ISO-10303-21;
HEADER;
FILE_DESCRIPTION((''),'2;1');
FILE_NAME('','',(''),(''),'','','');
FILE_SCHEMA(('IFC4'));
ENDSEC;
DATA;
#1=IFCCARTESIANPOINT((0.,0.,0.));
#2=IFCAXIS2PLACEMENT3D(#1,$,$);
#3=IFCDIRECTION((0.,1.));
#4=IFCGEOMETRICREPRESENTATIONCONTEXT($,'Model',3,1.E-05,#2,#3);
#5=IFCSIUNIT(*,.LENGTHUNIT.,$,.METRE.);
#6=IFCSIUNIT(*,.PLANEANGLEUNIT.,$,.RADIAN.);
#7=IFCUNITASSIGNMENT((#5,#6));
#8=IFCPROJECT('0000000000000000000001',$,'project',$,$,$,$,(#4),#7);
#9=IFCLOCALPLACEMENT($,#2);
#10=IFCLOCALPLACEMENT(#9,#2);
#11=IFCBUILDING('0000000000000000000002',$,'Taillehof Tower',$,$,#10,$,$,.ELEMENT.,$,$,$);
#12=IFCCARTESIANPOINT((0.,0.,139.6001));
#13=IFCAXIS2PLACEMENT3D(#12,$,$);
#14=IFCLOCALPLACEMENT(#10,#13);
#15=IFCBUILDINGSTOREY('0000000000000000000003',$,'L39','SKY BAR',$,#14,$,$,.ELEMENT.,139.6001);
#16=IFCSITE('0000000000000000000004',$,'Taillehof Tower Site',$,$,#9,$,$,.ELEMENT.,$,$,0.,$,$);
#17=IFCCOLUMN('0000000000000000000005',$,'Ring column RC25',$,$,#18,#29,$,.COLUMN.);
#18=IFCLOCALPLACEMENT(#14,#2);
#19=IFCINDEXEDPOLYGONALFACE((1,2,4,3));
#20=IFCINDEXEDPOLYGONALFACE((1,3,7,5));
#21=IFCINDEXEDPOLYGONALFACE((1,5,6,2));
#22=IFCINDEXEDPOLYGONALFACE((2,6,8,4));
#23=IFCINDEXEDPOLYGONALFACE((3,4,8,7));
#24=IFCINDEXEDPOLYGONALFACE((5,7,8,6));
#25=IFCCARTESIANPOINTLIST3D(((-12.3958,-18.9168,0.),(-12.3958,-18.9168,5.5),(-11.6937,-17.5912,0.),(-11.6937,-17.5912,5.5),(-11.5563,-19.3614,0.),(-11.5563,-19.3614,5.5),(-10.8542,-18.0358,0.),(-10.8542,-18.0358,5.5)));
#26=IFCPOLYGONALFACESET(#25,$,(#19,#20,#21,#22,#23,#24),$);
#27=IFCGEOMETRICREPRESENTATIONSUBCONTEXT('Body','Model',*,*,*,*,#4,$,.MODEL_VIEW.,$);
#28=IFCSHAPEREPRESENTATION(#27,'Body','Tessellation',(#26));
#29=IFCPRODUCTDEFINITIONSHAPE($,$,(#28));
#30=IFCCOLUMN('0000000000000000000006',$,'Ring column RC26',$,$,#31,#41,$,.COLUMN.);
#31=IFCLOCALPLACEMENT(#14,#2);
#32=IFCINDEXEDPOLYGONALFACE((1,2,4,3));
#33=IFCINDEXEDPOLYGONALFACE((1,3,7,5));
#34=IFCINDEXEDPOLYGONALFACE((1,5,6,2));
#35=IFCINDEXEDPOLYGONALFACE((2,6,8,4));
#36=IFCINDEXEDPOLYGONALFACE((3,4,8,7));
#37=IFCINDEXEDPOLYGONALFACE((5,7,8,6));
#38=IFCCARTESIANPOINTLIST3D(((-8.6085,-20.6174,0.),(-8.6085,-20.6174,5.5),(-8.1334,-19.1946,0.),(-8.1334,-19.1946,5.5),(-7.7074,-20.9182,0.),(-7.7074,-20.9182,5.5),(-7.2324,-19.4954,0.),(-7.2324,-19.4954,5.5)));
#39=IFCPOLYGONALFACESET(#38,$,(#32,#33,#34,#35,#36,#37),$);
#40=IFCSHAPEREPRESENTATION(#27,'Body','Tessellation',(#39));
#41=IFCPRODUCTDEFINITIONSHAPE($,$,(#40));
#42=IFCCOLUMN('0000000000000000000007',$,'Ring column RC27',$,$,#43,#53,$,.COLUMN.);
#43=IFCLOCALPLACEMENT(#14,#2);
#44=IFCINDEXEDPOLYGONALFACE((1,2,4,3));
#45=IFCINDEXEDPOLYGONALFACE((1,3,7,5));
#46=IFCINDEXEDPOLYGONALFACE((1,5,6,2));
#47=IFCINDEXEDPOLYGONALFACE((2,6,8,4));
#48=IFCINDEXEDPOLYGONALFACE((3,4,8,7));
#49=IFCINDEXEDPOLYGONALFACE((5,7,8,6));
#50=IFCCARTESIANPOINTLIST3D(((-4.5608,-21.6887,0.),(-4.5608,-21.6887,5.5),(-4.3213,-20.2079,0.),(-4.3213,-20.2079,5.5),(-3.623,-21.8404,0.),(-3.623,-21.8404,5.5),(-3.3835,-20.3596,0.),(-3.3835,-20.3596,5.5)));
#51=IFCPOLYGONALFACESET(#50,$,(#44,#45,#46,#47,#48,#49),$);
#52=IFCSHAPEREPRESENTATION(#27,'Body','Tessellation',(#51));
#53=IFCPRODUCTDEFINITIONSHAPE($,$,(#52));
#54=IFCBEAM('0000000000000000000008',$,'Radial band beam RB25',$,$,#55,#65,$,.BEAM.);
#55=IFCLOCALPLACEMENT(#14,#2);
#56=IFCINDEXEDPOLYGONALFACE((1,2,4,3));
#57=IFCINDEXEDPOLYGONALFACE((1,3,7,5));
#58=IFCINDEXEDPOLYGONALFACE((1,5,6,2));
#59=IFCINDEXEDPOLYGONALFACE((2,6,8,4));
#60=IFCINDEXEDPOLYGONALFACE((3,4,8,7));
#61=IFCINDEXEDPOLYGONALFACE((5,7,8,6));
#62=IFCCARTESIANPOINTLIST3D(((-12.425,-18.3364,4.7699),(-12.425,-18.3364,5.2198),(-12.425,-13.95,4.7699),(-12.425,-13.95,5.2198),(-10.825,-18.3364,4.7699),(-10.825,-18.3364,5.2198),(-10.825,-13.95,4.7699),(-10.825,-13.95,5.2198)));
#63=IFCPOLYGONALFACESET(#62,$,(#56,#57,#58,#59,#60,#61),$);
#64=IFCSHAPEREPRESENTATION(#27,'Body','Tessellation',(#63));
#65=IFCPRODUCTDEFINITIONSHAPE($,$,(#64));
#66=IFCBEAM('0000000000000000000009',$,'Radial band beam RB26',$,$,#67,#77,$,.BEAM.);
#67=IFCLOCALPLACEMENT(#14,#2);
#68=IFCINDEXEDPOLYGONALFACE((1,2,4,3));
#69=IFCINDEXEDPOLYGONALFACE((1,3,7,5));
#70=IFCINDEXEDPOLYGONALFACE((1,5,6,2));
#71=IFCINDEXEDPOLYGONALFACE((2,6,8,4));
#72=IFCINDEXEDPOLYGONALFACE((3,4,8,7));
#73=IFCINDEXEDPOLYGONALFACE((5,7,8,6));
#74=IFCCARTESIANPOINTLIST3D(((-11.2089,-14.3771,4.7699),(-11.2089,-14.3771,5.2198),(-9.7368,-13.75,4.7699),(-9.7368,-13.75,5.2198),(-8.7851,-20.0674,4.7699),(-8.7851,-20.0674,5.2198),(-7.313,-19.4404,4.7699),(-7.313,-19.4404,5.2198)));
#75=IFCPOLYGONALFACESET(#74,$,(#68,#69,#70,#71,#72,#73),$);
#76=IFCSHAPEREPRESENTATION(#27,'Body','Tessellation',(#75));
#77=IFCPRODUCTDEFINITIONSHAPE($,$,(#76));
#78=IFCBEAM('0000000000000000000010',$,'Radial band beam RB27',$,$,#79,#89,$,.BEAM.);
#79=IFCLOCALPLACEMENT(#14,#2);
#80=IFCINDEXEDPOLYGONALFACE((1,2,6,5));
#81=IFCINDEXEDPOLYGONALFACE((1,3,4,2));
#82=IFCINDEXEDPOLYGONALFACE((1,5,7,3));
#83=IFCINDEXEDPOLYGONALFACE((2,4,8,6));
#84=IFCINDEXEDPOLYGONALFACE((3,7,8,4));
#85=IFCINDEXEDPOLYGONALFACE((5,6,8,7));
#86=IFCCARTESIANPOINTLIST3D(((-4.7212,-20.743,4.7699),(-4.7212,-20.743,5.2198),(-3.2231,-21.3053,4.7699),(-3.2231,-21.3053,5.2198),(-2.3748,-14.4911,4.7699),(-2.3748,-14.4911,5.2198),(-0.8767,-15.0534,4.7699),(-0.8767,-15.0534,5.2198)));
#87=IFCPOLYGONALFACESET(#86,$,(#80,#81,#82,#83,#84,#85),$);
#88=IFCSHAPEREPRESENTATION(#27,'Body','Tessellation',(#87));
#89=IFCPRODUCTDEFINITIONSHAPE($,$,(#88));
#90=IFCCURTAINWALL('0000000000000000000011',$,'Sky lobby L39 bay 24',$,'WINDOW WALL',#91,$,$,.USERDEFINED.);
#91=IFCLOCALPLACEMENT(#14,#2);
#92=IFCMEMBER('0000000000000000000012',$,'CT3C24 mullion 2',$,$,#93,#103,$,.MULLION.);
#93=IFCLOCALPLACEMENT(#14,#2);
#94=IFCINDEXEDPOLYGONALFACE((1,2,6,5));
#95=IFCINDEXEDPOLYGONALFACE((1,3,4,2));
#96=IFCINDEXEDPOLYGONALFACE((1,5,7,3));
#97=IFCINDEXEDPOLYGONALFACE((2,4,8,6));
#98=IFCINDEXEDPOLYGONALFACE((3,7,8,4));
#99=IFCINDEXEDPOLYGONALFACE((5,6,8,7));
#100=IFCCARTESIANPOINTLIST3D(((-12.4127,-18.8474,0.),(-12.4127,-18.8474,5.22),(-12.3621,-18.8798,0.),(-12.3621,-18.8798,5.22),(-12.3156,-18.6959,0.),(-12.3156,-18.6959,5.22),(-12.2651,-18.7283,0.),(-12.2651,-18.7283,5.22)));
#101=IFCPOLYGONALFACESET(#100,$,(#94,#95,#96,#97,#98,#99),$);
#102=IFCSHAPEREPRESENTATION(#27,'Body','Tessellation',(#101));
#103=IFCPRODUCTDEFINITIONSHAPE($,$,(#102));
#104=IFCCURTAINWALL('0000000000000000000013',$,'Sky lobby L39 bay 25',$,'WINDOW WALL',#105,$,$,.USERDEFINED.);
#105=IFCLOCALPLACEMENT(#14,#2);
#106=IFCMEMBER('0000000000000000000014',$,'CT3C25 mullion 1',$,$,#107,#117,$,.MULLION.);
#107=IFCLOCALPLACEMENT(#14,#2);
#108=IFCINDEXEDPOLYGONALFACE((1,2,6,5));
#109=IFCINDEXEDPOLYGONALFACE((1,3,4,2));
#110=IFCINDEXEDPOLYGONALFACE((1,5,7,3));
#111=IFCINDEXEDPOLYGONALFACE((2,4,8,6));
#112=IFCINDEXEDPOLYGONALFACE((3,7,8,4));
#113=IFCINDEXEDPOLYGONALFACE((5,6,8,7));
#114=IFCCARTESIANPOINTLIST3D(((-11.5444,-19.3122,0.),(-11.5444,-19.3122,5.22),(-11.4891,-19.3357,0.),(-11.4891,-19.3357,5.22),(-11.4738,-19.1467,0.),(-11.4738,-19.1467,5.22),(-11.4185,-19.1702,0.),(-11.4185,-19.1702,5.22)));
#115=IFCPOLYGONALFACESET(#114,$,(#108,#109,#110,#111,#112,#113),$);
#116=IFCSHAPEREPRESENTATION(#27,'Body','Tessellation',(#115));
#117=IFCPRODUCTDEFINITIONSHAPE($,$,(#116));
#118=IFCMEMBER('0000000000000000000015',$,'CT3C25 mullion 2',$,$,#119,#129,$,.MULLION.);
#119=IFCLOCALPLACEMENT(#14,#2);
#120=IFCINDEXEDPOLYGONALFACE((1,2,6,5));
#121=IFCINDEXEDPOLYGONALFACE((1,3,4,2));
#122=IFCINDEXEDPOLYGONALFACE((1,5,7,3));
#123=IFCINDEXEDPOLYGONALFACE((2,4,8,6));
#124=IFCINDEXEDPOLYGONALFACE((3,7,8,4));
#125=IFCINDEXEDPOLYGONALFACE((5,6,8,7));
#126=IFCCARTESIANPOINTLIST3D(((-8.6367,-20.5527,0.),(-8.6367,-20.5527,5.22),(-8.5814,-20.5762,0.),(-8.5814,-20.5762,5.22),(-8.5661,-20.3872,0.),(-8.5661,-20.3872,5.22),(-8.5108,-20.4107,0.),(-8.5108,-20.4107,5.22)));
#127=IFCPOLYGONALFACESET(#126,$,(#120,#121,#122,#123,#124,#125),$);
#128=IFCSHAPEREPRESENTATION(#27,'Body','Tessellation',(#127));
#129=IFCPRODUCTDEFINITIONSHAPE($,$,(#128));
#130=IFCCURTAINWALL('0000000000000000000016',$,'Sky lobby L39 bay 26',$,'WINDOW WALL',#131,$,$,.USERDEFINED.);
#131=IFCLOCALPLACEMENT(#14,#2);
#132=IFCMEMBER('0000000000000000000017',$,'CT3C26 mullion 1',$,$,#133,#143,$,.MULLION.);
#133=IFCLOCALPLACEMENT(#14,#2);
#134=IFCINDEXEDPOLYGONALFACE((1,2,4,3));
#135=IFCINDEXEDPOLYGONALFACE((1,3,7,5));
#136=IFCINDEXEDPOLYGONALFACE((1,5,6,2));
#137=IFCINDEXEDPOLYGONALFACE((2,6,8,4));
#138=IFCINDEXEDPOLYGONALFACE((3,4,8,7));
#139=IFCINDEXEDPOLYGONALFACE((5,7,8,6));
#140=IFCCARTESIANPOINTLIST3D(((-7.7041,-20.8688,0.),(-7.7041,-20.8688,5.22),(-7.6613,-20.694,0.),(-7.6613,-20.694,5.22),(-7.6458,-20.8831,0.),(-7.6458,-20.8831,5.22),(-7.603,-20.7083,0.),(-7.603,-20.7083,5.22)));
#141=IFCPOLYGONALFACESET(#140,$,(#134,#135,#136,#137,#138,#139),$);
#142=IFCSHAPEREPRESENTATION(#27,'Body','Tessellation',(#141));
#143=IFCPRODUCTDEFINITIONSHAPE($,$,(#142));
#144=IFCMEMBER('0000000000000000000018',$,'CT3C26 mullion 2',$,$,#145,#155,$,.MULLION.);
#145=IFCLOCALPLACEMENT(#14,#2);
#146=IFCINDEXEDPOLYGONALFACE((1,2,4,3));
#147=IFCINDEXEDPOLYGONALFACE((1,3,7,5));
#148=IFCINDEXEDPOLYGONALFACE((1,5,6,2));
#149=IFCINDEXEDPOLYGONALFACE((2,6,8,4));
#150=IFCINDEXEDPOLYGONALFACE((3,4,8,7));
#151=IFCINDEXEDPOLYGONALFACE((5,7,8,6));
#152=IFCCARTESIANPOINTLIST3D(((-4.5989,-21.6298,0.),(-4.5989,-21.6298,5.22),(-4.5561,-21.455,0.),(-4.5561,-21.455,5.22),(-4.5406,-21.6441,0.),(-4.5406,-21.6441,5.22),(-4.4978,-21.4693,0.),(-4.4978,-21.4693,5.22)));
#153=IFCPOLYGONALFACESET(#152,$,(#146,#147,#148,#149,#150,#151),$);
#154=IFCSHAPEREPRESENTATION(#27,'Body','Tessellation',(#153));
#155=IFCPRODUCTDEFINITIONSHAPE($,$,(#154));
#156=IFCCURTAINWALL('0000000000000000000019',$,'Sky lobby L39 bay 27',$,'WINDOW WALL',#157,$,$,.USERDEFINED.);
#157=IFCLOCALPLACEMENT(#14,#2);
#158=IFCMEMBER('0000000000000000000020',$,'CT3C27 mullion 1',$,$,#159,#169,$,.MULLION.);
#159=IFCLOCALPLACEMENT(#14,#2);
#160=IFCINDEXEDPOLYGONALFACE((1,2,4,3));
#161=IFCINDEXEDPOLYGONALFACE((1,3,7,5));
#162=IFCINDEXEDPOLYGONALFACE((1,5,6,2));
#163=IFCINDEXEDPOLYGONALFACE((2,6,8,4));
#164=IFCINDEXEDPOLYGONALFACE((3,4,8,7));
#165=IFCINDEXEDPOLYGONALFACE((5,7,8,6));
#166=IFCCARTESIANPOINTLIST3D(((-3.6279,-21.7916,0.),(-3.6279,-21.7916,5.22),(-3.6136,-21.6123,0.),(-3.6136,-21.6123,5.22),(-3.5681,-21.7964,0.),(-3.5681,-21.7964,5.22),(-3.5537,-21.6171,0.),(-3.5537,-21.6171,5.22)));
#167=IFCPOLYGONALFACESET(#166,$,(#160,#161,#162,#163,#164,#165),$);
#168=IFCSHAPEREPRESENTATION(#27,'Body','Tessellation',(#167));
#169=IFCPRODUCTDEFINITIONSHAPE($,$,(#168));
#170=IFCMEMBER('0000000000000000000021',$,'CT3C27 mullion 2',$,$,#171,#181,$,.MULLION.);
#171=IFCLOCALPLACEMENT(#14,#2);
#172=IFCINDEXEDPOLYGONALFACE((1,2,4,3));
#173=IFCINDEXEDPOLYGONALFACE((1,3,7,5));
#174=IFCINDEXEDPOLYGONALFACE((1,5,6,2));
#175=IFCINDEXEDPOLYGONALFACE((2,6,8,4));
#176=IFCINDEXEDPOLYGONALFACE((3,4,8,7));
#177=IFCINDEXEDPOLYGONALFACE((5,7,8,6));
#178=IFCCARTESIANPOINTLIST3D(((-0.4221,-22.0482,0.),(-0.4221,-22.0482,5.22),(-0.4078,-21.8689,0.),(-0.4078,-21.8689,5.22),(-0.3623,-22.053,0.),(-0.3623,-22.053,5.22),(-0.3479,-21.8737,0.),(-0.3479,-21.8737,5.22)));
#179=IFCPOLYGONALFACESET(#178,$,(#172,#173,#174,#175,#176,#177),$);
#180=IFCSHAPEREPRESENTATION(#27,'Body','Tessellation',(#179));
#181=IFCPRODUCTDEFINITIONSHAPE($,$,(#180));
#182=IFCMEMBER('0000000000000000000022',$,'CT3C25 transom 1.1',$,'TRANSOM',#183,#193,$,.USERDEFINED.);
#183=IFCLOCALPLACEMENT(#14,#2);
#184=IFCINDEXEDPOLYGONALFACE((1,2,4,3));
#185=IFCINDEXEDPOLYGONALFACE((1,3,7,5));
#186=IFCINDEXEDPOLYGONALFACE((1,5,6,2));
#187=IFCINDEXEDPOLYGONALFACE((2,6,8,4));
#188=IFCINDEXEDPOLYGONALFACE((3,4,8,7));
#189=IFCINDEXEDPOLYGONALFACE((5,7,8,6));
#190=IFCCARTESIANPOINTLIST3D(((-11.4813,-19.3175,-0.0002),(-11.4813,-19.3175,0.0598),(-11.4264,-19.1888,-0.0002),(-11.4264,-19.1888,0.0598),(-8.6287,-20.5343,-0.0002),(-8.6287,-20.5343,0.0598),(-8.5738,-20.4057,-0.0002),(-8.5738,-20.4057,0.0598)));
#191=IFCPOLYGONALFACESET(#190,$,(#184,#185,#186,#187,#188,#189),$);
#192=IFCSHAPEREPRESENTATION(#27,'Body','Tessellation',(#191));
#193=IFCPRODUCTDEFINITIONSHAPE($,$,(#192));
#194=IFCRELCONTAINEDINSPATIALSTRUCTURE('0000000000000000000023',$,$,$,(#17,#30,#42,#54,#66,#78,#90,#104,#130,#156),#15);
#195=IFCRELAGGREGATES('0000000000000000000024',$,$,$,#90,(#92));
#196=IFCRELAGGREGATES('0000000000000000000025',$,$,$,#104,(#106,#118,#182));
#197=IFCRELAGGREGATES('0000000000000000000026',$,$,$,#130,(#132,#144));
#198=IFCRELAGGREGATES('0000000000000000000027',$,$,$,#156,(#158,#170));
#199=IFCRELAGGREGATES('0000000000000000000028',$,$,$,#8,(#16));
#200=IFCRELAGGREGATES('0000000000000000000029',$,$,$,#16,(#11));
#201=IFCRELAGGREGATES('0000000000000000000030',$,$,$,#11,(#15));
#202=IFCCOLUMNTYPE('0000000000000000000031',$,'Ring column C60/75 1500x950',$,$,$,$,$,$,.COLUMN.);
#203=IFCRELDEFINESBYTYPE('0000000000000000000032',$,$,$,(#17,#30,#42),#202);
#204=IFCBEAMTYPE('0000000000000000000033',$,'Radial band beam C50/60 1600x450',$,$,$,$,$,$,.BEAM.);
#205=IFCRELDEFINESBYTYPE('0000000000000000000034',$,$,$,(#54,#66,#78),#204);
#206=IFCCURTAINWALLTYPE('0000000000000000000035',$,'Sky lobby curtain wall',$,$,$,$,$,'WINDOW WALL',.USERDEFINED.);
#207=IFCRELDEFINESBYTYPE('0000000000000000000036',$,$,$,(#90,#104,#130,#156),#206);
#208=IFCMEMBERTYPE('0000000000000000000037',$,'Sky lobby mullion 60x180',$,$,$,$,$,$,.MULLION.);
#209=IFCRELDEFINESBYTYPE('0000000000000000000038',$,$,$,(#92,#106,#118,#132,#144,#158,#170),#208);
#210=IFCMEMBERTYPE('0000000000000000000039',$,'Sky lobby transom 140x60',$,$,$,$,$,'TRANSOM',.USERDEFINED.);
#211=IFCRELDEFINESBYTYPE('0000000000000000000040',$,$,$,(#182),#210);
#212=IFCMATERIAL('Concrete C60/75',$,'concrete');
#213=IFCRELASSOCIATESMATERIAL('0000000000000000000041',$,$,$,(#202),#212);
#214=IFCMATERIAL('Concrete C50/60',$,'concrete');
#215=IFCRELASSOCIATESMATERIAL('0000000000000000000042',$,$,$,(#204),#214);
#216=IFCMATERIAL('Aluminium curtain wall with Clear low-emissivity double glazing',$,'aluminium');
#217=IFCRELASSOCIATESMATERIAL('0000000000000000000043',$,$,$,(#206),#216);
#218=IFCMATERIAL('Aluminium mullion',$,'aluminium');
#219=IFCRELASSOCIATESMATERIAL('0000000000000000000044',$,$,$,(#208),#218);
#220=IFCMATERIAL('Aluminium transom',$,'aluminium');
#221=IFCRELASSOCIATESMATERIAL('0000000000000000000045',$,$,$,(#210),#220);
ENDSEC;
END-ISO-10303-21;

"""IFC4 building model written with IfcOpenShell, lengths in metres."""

from ifc_helpers import new_model, si_unit, direction, frame, origin, origin_2d, place, context, subcontext, project, spatial, rectangle, extrude, material, material_profile, profile_set, type_object, element, aggregate, save


model = new_model("IFC4")

# Units and contexts
model_context = context("Model", 3, precision=1e-05, world=origin(), true_north=direction((0.0, 1.0)))
body_context = subcontext(model_context, "Body", "Model", "MODEL_VIEW")
ifc_project = project(units=[si_unit("LENGTHUNIT", "METRE"), si_unit("PLANEANGLEUNIT", "RADIAN")], contexts=[model_context])

# Site, building, storey
site_placement = place(None, origin())
site = spatial("IfcSite", under=ifc_project, at=site_placement, Name="Taillehof Tower Site", CompositionType="ELEMENT", RefElevation=0.0)
building_placement = place(site_placement, origin())
building = spatial("IfcBuilding", under=site, at=building_placement, Name="Taillehof Tower", CompositionType="ELEMENT")
storey_placement = place(building_placement, frame((0.0, 0.0, 139.6001)))
storey = spatial("IfcBuildingStorey", under=building, at=storey_placement, Name="L39", Description="SKY BAR", CompositionType="ELEMENT", Elevation=139.6001)

# Columns
ifc_material_1 = material(Name="Concrete C60/75", Category="concrete")
ifc_material_profile_1 = material_profile(ifc_material_1, rectangle(XDim=1.5, YDim=0.95, at=origin_2d()), Name="RC 1500x950")
ifc_profile_set_1 = profile_set([ifc_material_profile_1], Name="Concrete C60/75")
column_type = type_object("IfcColumnType", Name="Ring column C60/75 1500x950", PredefinedType="COLUMN", material=ifc_profile_set_1)
for number, where, z_axis, x_axis, name in (
    (1, (-11.625, -18.4763, 0.0), (0.0, 0.0, 1.0), (-0.468042, -0.883706, 0.0), "Ring column RC25"),
    (2, (-7.9204, -20.0564, 0.0), (0.0, 0.0, 1.0), (-0.316703, -0.948525, 0.0), "Ring column RC26"),
    (3, (-3.9722, -21.0242, 0.0), (0.0, 0.0, 1.0), (-0.159679, -0.987169, 0.0), "Ring column RC27"),
):
    element("IfcColumn", number, at=place(storey_placement, frame(where, z_axis=z_axis, x_axis=x_axis)), inside=storey, type_object=column_type, Name=name, PredefinedType="COLUMN", context=body_context, shape_type="SweptSolid", body=[
        extrude(rectangle(XDim=1.5, YDim=0.95, at=origin_2d()), origin(), (0.0, 0.0, 1.0), 5.5),
    ])

# Beams
ifc_material_2 = material(Name="Concrete C50/60", Category="concrete")
ifc_material_profile_2 = material_profile(ifc_material_2, rectangle(XDim=1.6001, YDim=0.45, at=origin_2d()), Name="RC 1600x450")
ifc_profile_set_2 = profile_set([ifc_material_profile_2], Name="Concrete C50/60")
beam_type_1 = type_object("IfcBeamType", Name="Radial band beam C50/60 1600x450", PredefinedType="BEAM", material=ifc_profile_set_2)
beam_1_placement = place(storey_placement, frame((-11.625, -18.3364, 4.9949), z_axis=(0.0, 1.0, 0.0), x_axis=(-1.0, 0.0, 0.0)))
element("IfcBeam", 4, at=beam_1_placement, inside=storey, type_object=beam_type_1, Name="Radial band beam RB25", PredefinedType="BEAM", context=body_context, shape_type="SweptSolid", body=[
    extrude(rectangle(XDim=1.6001, YDim=0.45, at=origin_2d()), origin(), (0.0, 0.0, 1.0), 4.3865),
])
beam_2_placement = place(storey_placement, frame((-8.0491, -19.7539, 4.9949), z_axis=(-0.391879, 0.920017, 0.0), x_axis=(-0.920017, -0.391879, 0.0)))
element("IfcBeam", 5, at=beam_2_placement, inside=storey, type_object=beam_type_1, Name="Radial band beam RB26", PredefinedType="BEAM", context=body_context, shape_type="SweptSolid", body=[
    extrude(rectangle(XDim=1.6001, YDim=0.45, at=origin_2d()), origin(), (0.0, 0.0, 1.0), 6.1851),
])
beam_3_placement = place(storey_placement, frame((-3.9722, -21.0242, 4.9949), z_axis=(0.35138, 0.936233, 0.0), x_axis=(-0.936233, 0.35138, 0.0)))
element("IfcBeam", 6, at=beam_3_placement, inside=storey, type_object=beam_type_1, Name="Radial band beam RB27", PredefinedType="BEAM", context=body_context, shape_type="SweptSolid", body=[
    extrude(rectangle(XDim=1.6001, YDim=0.45, at=origin_2d()), origin(), (0.0, 0.0, 1.0), 6.6777),
])

# Curtain wall, member
ifc_material_3 = material(Name="Aluminium curtain wall with Clear low-emissivity double glazing", Category="aluminium")
curtain_wall_type = type_object("IfcCurtainWallType", Name="Sky lobby curtain wall", ElementType="WINDOW WALL", PredefinedType="USERDEFINED", material=ifc_material_3)
curtain_wall_1_placement = place(storey_placement, origin())
curtain_wall_1 = element("IfcCurtainWall", 7, at=curtain_wall_1_placement, inside=storey, type_object=curtain_wall_type, Name="Sky lobby L39 bay 24", ObjectType="WINDOW WALL", PredefinedType="USERDEFINED")
ifc_material_4 = material(Name="Aluminium mullion", Category="aluminium")
ifc_material_profile_3 = material_profile(ifc_material_4, rectangle(XDim=0.1799, YDim=0.0601, at=origin_2d()), Name="AL 60x180")
ifc_profile_set_3 = profile_set([ifc_material_profile_3], Name="Aluminium mullion")
member_type_1 = type_object("IfcMemberType", Name="Sky lobby mullion 60x180", PredefinedType="MULLION", material=ifc_profile_set_3)
member_1_placement = place(storey_placement, frame((-12.3389, -18.7878, 0.0), z_axis=(0.0, 0.0, 1.0), x_axis=(0.539394, 0.842053, 0.0)))
member_1 = element("IfcMember", 8, at=member_1_placement, type_object=member_type_1, Name="CT3C24 mullion 2", PredefinedType="MULLION", context=body_context, shape_type="SweptSolid", body=[
    extrude(rectangle(XDim=0.1799, YDim=0.0601, at=origin_2d()), origin(), (0.0, 0.0, 1.0), 5.22),
])

# Curtain walls, members
curtain_wall_2_placement = place(storey_placement, origin())
curtain_wall_2 = element("IfcCurtainWall", 9, at=curtain_wall_2_placement, inside=storey, type_object=curtain_wall_type, Name="Sky lobby L39 bay 25", ObjectType="WINDOW WALL", PredefinedType="USERDEFINED")
member_2_placement = place(storey_placement, frame((-11.4814, -19.2412, 0.0), z_axis=(0.0, 0.0, 1.0), x_axis=(0.392379, 0.919804, 0.0)))
member_2 = element("IfcMember", 10, at=member_2_placement, type_object=member_type_1, Name="CT3C25 mullion 1", PredefinedType="MULLION", context=body_context, shape_type="SweptSolid", body=[
    extrude(rectangle(XDim=0.1799, YDim=0.0601, at=origin_2d()), origin(), (0.0, 0.0, 1.0), 5.22),
])
member_3_placement = place(storey_placement, frame((-8.5737, -20.4817, 0.0), z_axis=(0.0, 0.0, 1.0), x_axis=(0.392379, 0.919804, 0.0)))
member_3 = element("IfcMember", 11, at=member_3_placement, type_object=member_type_1, Name="CT3C25 mullion 2", PredefinedType="MULLION", context=body_context, shape_type="SweptSolid", body=[
    extrude(rectangle(XDim=0.1799, YDim=0.0601, at=origin_2d()), origin(), (0.0, 0.0, 1.0), 5.22),
])
curtain_wall_3_placement = place(storey_placement, origin())
curtain_wall_3 = element("IfcCurtainWall", 12, at=curtain_wall_3_placement, inside=storey, type_object=curtain_wall_type, Name="Sky lobby L39 bay 26", ObjectType="WINDOW WALL", PredefinedType="USERDEFINED")
member_4_placement = place(storey_placement, frame((-7.6536, -20.7886, 0.0), z_axis=(0.0, 0.0, 1.0), x_axis=(0.238077, 0.971246, 0.0)))
member_4 = element("IfcMember", 13, at=member_4_placement, type_object=member_type_1, Name="CT3C26 mullion 1", PredefinedType="MULLION", context=body_context, shape_type="SweptSolid", body=[
    extrude(rectangle(XDim=0.1799, YDim=0.0601, at=origin_2d()), origin(), (0.0, 0.0, 1.0), 5.22),
])
member_5_placement = place(storey_placement, frame((-4.5483, -21.5496, 0.0), z_axis=(0.0, 0.0, 1.0), x_axis=(0.238077, 0.971246, 0.0)))
member_5 = element("IfcMember", 14, at=member_5_placement, type_object=member_type_1, Name="CT3C26 mullion 2", PredefinedType="MULLION", context=body_context, shape_type="SweptSolid", body=[
    extrude(rectangle(XDim=0.1799, YDim=0.0601, at=origin_2d()), origin(), (0.0, 0.0, 1.0), 5.22),
])
curtain_wall_4_placement = place(storey_placement, origin())
curtain_wall_4 = element("IfcCurtainWall", 15, at=curtain_wall_4_placement, inside=storey, type_object=curtain_wall_type, Name="Sky lobby L39 bay 27", ObjectType="WINDOW WALL", PredefinedType="USERDEFINED")
member_6_placement = place(storey_placement, frame((-3.5908, -21.7043, 0.0), z_axis=(0.0, 0.0, 1.0), x_axis=(0.079781, 0.996812, 0.0)))
member_6 = element("IfcMember", 16, at=member_6_placement, type_object=member_type_1, Name="CT3C27 mullion 1", PredefinedType="MULLION", context=body_context, shape_type="SweptSolid", body=[
    extrude(rectangle(XDim=0.1799, YDim=0.0601, at=origin_2d()), origin(), (0.0, 0.0, 1.0), 5.22),
])
member_7_placement = place(storey_placement, frame((-0.385, -21.9609, 0.0), z_axis=(0.0, 0.0, 1.0), x_axis=(0.079781, 0.996812, 0.0)))
member_7 = element("IfcMember", 17, at=member_7_placement, type_object=member_type_1, Name="CT3C27 mullion 2", PredefinedType="MULLION", context=body_context, shape_type="SweptSolid", body=[
    extrude(rectangle(XDim=0.1799, YDim=0.0601, at=origin_2d()), origin(), (0.0, 0.0, 1.0), 5.22),
])

# Member
ifc_material_5 = material(Name="Aluminium transom", Category="aluminium")
ifc_material_profile_4 = material_profile(ifc_material_5, rectangle(XDim=0.1399, YDim=0.0601, at=origin_2d()), Name="AL 140x60")
ifc_profile_set_4 = profile_set([ifc_material_profile_4], Name="Aluminium transom")
member_type_2 = type_object("IfcMemberType", Name="Sky lobby transom 140x60", ElementType="TRANSOM", PredefinedType="USERDEFINED", material=ifc_profile_set_4)
member_8_placement = place(storey_placement, frame((-11.4539, -19.2532, 0.0298), z_axis=(0.919812, -0.392361, 0.0), x_axis=(0.392361, 0.919812, 0.0)))
member_8 = element("IfcMember", 18, at=member_8_placement, type_object=member_type_2, Name="CT3C25 transom 1.1", ObjectType="TRANSOM", PredefinedType="USERDEFINED", context=body_context, shape_type="SweptSolid", body=[
    extrude(rectangle(XDim=0.1399, YDim=0.0601, at=origin_2d()), origin(), (0.0, 0.0, 1.0), 3.1013),
])

aggregate(curtain_wall_1, [member_1])
aggregate(curtain_wall_2, [member_2, member_3, member_8])
aggregate(curtain_wall_3, [member_4, member_5])
aggregate(curtain_wall_4, [member_6, member_7])

save(model, "model.ifc")
